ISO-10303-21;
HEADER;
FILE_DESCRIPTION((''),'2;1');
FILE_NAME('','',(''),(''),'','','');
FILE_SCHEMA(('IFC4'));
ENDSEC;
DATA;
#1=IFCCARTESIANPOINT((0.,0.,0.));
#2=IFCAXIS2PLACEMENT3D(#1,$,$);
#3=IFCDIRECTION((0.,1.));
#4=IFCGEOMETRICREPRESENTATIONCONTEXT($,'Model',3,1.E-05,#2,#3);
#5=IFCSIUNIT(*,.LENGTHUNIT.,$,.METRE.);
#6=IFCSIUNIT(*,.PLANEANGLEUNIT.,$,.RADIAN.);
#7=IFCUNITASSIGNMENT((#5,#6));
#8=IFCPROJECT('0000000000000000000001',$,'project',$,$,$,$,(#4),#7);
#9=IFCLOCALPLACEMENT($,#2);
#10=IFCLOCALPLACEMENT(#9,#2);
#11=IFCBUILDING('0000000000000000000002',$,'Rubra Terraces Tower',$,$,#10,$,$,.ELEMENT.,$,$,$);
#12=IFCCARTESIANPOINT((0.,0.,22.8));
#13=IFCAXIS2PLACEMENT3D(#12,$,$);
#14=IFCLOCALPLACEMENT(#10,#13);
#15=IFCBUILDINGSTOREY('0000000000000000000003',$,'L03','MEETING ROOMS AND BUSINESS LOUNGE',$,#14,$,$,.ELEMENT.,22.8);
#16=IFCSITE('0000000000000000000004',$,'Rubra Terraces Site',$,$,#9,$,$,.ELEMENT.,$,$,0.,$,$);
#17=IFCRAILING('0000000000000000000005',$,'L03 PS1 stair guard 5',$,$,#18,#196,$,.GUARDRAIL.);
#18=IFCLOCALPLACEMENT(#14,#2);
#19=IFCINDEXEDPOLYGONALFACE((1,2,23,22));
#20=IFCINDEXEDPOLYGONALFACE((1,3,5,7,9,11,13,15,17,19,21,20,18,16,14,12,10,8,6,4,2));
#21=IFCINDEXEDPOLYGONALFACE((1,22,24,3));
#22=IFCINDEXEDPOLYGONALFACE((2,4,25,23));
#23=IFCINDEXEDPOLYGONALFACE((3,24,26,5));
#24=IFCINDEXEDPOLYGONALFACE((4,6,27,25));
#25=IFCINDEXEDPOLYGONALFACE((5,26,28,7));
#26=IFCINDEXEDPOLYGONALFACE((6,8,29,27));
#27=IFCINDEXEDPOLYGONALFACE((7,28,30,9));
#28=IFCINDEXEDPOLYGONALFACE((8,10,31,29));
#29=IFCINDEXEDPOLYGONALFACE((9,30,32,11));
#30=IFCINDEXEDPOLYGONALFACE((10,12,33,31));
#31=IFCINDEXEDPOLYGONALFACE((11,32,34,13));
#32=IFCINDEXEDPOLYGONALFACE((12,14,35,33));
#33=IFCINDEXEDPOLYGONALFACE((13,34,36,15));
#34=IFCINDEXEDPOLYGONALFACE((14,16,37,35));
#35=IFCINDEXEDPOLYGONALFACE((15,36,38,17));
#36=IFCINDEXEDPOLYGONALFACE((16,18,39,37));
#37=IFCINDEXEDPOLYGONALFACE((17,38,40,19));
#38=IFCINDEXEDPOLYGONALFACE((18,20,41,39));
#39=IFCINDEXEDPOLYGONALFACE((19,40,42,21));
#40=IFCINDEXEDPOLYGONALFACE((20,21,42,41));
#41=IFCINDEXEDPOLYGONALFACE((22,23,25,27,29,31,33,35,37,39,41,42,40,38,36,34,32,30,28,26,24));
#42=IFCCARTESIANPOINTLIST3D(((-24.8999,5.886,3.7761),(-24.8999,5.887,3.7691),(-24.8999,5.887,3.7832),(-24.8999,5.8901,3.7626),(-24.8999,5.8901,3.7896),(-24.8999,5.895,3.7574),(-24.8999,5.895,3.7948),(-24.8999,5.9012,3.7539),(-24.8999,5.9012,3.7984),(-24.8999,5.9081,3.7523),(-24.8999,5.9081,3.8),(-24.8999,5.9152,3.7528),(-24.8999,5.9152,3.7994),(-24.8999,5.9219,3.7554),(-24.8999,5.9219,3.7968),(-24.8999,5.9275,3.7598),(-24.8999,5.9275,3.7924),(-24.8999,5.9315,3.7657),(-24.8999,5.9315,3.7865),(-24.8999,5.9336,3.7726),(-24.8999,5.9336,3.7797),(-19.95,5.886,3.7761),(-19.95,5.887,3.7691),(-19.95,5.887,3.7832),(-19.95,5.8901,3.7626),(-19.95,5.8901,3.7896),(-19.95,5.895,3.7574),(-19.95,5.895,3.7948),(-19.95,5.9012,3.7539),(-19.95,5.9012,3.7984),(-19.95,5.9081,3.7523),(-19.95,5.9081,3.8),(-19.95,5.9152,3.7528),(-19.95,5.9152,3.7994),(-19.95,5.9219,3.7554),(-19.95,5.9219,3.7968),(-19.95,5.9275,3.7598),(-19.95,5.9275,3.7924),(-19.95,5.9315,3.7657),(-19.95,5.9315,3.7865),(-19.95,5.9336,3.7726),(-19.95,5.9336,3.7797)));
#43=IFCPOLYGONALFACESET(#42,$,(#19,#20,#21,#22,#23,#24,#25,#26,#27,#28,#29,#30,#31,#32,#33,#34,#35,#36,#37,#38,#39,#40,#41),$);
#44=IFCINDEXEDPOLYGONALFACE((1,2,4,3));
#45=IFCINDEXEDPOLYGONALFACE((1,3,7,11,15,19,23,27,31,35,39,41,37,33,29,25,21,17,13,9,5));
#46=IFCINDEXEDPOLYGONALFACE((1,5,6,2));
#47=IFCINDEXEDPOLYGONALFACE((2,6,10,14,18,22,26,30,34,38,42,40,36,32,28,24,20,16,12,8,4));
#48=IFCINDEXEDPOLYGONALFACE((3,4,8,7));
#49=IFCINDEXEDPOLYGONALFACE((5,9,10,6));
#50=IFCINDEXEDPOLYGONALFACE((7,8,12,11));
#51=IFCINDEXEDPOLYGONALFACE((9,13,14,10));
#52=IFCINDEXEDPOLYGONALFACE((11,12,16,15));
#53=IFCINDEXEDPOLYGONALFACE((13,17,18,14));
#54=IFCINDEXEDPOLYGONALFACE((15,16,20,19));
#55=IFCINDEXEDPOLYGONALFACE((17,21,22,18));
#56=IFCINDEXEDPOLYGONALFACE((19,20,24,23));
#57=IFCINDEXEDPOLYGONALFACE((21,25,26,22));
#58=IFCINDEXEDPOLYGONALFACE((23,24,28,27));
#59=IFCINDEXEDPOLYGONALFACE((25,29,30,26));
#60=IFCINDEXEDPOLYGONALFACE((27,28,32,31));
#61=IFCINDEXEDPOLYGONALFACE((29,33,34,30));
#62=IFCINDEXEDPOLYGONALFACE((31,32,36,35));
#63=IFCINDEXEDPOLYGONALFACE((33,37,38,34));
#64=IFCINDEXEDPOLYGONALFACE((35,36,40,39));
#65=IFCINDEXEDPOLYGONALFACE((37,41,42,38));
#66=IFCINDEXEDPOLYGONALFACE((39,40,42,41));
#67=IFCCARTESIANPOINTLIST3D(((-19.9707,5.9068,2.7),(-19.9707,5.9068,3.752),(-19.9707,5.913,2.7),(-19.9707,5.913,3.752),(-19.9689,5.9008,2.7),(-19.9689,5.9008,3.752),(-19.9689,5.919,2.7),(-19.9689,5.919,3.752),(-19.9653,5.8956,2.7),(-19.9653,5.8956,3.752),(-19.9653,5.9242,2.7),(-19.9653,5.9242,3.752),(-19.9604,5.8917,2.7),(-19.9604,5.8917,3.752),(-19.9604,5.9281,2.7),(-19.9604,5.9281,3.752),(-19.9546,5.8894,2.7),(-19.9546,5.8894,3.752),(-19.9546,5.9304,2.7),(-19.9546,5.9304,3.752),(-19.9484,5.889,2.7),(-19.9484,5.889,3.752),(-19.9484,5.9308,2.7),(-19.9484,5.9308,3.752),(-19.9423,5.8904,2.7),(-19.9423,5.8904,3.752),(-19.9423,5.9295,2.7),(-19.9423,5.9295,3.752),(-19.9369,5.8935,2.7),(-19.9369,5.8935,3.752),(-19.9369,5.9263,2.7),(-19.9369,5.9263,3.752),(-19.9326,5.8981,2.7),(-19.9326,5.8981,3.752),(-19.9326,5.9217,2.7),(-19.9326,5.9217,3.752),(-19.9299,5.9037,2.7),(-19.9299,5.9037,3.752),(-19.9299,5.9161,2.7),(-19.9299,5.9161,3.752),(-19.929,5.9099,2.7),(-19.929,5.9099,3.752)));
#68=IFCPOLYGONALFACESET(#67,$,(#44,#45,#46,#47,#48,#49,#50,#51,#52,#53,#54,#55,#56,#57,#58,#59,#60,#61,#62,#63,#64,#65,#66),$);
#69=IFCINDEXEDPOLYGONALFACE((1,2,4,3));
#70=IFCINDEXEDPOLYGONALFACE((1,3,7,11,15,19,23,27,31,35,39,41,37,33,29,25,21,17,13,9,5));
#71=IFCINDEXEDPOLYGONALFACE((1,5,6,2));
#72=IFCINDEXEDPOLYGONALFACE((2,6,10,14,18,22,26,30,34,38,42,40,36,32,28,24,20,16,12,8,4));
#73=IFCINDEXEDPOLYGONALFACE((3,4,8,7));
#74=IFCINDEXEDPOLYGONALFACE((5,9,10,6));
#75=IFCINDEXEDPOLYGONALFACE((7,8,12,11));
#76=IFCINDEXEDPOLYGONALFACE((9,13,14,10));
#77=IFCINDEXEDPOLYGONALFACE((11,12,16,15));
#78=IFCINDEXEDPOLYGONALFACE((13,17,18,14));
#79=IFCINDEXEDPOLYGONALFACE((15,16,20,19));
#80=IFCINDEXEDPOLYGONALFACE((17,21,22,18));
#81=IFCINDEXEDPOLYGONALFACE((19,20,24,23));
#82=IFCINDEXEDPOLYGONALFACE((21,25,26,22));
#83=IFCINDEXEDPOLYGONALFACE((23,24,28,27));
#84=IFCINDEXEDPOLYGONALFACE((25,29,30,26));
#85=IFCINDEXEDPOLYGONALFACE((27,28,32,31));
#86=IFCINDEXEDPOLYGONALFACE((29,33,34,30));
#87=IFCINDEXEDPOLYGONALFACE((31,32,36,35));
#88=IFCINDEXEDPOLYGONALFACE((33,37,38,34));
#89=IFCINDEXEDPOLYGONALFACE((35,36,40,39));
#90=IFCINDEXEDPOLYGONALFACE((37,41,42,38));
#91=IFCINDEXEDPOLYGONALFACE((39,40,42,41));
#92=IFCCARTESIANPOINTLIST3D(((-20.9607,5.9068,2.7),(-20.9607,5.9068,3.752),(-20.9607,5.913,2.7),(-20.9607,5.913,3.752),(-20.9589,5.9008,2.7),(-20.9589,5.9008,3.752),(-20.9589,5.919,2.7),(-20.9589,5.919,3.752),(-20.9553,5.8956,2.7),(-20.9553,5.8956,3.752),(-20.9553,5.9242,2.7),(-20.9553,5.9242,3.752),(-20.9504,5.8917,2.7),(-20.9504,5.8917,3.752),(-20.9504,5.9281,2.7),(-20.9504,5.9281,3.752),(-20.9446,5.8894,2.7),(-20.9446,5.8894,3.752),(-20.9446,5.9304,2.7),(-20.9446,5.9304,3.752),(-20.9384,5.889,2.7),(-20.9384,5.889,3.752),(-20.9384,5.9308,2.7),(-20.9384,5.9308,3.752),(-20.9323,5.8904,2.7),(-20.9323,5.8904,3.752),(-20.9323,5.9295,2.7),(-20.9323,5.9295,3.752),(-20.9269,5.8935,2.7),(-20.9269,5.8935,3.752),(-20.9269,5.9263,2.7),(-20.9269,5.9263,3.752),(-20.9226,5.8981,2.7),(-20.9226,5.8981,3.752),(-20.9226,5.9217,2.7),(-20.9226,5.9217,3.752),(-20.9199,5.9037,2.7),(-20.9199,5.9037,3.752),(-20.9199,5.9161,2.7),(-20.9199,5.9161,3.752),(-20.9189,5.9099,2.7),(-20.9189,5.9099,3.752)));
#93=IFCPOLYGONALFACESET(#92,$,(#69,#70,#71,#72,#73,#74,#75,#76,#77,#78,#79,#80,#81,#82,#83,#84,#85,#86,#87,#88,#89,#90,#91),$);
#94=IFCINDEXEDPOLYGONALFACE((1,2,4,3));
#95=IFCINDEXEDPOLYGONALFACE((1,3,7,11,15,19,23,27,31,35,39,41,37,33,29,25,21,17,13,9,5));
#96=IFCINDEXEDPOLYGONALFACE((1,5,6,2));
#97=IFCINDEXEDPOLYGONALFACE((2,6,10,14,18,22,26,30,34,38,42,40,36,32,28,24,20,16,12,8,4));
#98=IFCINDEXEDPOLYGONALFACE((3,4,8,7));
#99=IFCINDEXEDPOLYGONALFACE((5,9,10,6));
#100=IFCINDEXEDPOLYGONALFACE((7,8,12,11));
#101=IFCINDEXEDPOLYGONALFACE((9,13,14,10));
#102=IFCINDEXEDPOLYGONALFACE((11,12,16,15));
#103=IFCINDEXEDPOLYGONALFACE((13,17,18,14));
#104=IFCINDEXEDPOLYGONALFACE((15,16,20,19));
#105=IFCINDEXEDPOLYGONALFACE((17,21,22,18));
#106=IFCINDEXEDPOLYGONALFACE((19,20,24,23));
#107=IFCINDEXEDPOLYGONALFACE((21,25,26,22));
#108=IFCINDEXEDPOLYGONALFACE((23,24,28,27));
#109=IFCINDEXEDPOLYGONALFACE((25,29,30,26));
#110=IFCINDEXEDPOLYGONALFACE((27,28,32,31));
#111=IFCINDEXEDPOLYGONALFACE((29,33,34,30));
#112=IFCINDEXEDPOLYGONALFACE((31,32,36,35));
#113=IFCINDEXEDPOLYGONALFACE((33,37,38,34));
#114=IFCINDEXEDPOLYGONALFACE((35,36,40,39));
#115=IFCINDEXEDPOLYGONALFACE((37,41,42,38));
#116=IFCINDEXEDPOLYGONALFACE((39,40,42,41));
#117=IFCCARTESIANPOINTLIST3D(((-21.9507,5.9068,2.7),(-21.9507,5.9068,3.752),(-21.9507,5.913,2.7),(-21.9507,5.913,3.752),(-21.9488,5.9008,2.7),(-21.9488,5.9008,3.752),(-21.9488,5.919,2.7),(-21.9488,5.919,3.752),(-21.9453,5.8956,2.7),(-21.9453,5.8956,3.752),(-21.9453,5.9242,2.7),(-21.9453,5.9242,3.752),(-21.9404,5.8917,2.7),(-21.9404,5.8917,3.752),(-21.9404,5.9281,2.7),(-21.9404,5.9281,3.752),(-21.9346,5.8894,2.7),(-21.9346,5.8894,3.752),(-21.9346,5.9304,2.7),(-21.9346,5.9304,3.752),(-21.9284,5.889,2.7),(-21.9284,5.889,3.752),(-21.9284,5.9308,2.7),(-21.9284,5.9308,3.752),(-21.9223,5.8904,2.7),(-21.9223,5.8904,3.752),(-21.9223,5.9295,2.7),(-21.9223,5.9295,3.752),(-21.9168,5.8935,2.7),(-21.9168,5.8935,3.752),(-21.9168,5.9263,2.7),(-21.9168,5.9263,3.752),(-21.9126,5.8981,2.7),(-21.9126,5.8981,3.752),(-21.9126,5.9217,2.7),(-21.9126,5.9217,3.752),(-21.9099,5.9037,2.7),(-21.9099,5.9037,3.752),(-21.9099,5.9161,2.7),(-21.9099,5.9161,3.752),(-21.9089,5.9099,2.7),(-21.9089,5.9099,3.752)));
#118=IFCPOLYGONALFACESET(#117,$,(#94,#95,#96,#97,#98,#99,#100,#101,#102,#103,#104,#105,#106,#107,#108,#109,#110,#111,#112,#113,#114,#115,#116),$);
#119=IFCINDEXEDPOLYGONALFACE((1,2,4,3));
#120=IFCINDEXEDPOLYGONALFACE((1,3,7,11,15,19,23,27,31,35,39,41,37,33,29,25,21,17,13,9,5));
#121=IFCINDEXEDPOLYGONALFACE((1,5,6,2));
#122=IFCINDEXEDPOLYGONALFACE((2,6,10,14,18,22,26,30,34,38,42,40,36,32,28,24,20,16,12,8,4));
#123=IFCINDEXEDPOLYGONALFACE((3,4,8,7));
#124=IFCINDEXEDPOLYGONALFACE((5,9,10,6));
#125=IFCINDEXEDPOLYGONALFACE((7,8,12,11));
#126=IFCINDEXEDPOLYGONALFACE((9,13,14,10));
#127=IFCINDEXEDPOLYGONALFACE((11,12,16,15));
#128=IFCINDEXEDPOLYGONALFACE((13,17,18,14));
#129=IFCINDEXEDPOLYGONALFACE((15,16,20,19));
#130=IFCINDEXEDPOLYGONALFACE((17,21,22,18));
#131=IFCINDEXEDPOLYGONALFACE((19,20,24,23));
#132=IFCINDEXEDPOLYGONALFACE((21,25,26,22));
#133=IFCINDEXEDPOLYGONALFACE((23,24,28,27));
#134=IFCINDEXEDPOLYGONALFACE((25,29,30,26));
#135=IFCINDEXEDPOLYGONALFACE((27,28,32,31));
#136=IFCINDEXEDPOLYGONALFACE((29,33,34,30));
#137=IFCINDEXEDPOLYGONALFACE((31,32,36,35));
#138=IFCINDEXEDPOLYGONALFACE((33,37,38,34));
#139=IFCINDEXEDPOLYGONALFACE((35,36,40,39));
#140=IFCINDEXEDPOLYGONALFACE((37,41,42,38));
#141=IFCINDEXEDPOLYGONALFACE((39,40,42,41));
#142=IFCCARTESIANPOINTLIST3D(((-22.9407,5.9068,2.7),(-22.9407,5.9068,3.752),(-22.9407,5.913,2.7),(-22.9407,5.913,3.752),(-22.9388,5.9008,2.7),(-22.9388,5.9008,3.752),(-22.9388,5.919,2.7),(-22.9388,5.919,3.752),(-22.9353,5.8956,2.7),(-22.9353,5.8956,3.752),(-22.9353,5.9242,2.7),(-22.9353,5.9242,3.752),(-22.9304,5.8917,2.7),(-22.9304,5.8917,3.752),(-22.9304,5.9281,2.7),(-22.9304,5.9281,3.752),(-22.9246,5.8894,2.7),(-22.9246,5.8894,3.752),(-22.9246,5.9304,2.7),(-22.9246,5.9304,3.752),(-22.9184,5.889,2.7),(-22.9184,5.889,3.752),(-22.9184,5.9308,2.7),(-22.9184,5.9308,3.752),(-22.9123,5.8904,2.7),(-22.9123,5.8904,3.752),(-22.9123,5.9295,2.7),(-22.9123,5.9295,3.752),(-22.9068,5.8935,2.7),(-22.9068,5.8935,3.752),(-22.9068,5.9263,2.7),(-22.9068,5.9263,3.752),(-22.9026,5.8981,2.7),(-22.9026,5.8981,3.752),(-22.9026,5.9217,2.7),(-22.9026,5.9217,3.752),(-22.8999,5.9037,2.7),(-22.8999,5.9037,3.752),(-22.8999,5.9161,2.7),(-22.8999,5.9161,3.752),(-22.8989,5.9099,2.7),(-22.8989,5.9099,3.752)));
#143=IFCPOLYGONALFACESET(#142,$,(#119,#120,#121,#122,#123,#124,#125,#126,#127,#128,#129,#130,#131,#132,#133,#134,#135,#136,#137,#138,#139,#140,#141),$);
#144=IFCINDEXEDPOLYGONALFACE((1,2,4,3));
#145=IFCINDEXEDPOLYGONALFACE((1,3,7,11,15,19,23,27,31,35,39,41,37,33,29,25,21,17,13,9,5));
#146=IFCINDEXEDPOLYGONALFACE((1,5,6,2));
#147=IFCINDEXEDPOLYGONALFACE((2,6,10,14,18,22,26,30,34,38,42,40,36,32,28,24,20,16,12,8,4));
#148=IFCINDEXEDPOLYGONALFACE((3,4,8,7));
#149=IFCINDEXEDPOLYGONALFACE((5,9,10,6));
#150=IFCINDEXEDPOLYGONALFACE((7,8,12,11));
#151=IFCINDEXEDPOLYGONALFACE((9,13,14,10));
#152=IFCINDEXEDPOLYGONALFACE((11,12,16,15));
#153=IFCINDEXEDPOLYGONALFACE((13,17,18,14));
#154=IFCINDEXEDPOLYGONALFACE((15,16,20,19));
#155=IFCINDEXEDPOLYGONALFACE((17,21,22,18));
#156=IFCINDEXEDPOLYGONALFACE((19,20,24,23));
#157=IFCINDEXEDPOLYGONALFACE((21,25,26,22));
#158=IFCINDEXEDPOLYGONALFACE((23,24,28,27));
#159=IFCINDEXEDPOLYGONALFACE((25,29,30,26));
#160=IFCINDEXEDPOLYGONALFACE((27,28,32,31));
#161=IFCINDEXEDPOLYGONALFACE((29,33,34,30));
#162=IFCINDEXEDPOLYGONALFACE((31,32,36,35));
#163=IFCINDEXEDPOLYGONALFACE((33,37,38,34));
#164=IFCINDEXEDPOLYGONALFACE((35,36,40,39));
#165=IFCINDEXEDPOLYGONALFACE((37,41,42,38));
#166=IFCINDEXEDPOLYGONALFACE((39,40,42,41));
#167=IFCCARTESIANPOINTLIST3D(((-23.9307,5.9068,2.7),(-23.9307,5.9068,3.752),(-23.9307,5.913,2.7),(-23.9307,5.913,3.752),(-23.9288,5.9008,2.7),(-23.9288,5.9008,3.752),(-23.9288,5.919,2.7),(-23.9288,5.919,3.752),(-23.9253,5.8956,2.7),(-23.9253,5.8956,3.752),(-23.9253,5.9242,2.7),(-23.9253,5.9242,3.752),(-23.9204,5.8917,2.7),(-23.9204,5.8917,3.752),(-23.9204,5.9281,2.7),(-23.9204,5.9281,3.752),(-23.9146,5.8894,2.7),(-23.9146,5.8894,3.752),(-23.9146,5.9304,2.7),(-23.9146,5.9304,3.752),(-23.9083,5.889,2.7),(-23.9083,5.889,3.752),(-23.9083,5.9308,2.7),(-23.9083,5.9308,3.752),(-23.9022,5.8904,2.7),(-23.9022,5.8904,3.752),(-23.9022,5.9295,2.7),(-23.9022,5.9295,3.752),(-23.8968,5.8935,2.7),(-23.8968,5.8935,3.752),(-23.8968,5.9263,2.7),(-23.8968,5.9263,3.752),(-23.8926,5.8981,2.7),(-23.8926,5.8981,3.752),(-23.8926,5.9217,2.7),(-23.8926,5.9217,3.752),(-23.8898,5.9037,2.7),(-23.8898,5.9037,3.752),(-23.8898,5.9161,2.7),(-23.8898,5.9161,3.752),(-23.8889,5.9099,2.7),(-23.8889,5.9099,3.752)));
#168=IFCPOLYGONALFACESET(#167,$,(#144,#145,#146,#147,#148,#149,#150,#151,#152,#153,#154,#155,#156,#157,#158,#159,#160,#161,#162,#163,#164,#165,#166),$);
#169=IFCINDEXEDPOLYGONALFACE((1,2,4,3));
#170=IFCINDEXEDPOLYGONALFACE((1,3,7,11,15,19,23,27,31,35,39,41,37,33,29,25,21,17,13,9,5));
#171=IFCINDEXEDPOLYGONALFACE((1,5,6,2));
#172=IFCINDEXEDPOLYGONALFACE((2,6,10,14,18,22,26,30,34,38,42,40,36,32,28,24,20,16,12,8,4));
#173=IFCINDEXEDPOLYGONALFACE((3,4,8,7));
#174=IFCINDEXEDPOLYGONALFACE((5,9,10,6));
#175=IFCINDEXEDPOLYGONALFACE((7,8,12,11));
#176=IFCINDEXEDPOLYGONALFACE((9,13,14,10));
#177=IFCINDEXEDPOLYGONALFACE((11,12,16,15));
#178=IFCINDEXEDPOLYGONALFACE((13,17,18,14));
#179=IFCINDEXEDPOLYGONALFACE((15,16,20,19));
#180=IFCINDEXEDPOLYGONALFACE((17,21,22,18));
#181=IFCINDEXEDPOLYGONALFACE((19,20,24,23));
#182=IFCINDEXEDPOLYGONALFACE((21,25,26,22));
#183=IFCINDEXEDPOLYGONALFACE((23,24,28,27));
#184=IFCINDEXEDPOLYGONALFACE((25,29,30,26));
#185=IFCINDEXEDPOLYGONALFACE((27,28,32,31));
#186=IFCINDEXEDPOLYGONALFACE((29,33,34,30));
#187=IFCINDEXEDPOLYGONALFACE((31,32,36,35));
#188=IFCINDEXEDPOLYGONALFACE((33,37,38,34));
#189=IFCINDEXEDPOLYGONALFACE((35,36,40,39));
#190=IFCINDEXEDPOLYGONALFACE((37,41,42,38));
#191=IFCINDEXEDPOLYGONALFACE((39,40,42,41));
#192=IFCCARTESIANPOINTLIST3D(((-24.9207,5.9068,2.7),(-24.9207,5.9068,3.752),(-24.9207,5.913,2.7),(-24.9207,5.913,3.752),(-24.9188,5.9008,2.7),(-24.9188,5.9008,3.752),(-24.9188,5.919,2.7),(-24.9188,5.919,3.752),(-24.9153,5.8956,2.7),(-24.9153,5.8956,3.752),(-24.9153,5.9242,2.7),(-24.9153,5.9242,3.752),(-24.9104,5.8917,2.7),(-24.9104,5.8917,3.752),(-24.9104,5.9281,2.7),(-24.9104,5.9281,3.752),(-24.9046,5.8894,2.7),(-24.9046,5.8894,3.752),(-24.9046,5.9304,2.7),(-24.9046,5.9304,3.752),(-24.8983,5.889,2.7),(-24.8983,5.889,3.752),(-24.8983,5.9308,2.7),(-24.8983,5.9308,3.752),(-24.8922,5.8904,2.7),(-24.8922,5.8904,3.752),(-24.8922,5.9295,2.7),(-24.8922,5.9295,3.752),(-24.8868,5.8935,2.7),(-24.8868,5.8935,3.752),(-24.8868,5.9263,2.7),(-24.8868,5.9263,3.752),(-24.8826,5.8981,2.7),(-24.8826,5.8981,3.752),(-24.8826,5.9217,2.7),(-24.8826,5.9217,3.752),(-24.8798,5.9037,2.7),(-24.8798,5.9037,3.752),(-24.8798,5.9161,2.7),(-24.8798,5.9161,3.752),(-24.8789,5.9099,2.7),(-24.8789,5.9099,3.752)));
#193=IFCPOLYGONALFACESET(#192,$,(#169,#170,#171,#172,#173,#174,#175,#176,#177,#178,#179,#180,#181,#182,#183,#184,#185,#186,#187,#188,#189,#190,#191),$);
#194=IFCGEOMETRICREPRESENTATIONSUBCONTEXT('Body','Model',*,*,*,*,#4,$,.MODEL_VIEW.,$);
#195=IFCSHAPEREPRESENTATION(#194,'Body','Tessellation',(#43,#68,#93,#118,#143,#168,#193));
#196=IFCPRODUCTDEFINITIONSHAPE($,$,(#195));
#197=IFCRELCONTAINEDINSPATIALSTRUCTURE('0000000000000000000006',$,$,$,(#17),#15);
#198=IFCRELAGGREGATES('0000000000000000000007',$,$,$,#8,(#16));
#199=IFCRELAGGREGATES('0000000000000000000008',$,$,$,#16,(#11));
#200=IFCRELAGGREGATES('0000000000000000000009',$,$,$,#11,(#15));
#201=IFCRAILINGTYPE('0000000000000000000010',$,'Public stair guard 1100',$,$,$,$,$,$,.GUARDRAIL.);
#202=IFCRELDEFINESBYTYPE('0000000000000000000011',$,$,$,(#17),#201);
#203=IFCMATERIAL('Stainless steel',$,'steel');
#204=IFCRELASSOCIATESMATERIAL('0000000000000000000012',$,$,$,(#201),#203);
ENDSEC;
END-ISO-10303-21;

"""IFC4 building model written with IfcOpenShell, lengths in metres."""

from ifc_helpers import new_model, si_unit, direction, frame, origin, origin_2d, place, context, subcontext, project, spatial, circle, extrude, material, type_object, element, save


model = new_model("IFC4")

# Units and contexts
model_context = context("Model", 3, precision=1e-05, world=origin(), true_north=direction((0.0, 1.0)))
body_context = subcontext(model_context, "Body", "Model", "MODEL_VIEW")
ifc_project = project(units=[si_unit("LENGTHUNIT", "METRE"), si_unit("PLANEANGLEUNIT", "RADIAN")], contexts=[model_context])

# Site, building, storey
site_placement = place(None, origin())
site = spatial("IfcSite", under=ifc_project, at=site_placement, Name="Rubra Terraces Site", CompositionType="ELEMENT", RefElevation=0.0)
building_placement = place(site_placement, origin())
building = spatial("IfcBuilding", under=site, at=building_placement, Name="Rubra Terraces Tower", CompositionType="ELEMENT")
storey_placement = place(building_placement, frame((0.0, 0.0, 22.8)))
storey = spatial("IfcBuildingStorey", under=building, at=storey_placement, Name="L03", Description="MEETING ROOMS AND BUSINESS LOUNGE", CompositionType="ELEMENT", Elevation=22.8)

# Railing
ifc_material_1 = material(Name="Stainless steel", Category="steel")
railing_type_1 = type_object("IfcRailingType", Name="Public stair guard 1100", PredefinedType="GUARDRAIL", material=ifc_material_1)
railing_1_placement = place(storey_placement, frame((-19.95, 5.9099, 2.7)))
element("IfcRailing", 1, at=railing_1_placement, inside=storey, type_object=railing_type_1, Name="L03 PS1 stair guard 5", PredefinedType="GUARDRAIL", context=body_context, shape_type="SweptSolid", body=[
    extrude(circle(Radius=0.0239, at=origin_2d()), frame((0.0, 0.0, 1.0762), z_axis=(-1.0, 0.0, 0.0), x_axis=(0.0, -1.0, 0.0)), (0.0, 0.0, 1.0), 4.95),
    extrude(circle(Radius=0.021, at=origin_2d()), origin(), (0.0, 0.0, 1.0), 1.052),
    extrude(circle(Radius=0.021, at=origin_2d()), frame((-0.99, 0.0, 0.0)), (0.0, 0.0, 1.0), 1.052),
    extrude(circle(Radius=0.021, at=origin_2d()), frame((-1.98, 0.0, 0.0)), (0.0, 0.0, 1.0), 1.052),
    extrude(circle(Radius=0.021, at=origin_2d()), frame((-2.97, 0.0, 0.0)), (0.0, 0.0, 1.0), 1.052),
    extrude(circle(Radius=0.021, at=origin_2d()), frame((-3.96, 0.0, 0.0)), (0.0, 0.0, 1.0), 1.052),
    extrude(circle(Radius=0.021, at=origin_2d()), frame((-4.95, 0.0, 0.0)), (0.0, 0.0, 1.0), 1.052),
])

save(model, "model.ifc")
